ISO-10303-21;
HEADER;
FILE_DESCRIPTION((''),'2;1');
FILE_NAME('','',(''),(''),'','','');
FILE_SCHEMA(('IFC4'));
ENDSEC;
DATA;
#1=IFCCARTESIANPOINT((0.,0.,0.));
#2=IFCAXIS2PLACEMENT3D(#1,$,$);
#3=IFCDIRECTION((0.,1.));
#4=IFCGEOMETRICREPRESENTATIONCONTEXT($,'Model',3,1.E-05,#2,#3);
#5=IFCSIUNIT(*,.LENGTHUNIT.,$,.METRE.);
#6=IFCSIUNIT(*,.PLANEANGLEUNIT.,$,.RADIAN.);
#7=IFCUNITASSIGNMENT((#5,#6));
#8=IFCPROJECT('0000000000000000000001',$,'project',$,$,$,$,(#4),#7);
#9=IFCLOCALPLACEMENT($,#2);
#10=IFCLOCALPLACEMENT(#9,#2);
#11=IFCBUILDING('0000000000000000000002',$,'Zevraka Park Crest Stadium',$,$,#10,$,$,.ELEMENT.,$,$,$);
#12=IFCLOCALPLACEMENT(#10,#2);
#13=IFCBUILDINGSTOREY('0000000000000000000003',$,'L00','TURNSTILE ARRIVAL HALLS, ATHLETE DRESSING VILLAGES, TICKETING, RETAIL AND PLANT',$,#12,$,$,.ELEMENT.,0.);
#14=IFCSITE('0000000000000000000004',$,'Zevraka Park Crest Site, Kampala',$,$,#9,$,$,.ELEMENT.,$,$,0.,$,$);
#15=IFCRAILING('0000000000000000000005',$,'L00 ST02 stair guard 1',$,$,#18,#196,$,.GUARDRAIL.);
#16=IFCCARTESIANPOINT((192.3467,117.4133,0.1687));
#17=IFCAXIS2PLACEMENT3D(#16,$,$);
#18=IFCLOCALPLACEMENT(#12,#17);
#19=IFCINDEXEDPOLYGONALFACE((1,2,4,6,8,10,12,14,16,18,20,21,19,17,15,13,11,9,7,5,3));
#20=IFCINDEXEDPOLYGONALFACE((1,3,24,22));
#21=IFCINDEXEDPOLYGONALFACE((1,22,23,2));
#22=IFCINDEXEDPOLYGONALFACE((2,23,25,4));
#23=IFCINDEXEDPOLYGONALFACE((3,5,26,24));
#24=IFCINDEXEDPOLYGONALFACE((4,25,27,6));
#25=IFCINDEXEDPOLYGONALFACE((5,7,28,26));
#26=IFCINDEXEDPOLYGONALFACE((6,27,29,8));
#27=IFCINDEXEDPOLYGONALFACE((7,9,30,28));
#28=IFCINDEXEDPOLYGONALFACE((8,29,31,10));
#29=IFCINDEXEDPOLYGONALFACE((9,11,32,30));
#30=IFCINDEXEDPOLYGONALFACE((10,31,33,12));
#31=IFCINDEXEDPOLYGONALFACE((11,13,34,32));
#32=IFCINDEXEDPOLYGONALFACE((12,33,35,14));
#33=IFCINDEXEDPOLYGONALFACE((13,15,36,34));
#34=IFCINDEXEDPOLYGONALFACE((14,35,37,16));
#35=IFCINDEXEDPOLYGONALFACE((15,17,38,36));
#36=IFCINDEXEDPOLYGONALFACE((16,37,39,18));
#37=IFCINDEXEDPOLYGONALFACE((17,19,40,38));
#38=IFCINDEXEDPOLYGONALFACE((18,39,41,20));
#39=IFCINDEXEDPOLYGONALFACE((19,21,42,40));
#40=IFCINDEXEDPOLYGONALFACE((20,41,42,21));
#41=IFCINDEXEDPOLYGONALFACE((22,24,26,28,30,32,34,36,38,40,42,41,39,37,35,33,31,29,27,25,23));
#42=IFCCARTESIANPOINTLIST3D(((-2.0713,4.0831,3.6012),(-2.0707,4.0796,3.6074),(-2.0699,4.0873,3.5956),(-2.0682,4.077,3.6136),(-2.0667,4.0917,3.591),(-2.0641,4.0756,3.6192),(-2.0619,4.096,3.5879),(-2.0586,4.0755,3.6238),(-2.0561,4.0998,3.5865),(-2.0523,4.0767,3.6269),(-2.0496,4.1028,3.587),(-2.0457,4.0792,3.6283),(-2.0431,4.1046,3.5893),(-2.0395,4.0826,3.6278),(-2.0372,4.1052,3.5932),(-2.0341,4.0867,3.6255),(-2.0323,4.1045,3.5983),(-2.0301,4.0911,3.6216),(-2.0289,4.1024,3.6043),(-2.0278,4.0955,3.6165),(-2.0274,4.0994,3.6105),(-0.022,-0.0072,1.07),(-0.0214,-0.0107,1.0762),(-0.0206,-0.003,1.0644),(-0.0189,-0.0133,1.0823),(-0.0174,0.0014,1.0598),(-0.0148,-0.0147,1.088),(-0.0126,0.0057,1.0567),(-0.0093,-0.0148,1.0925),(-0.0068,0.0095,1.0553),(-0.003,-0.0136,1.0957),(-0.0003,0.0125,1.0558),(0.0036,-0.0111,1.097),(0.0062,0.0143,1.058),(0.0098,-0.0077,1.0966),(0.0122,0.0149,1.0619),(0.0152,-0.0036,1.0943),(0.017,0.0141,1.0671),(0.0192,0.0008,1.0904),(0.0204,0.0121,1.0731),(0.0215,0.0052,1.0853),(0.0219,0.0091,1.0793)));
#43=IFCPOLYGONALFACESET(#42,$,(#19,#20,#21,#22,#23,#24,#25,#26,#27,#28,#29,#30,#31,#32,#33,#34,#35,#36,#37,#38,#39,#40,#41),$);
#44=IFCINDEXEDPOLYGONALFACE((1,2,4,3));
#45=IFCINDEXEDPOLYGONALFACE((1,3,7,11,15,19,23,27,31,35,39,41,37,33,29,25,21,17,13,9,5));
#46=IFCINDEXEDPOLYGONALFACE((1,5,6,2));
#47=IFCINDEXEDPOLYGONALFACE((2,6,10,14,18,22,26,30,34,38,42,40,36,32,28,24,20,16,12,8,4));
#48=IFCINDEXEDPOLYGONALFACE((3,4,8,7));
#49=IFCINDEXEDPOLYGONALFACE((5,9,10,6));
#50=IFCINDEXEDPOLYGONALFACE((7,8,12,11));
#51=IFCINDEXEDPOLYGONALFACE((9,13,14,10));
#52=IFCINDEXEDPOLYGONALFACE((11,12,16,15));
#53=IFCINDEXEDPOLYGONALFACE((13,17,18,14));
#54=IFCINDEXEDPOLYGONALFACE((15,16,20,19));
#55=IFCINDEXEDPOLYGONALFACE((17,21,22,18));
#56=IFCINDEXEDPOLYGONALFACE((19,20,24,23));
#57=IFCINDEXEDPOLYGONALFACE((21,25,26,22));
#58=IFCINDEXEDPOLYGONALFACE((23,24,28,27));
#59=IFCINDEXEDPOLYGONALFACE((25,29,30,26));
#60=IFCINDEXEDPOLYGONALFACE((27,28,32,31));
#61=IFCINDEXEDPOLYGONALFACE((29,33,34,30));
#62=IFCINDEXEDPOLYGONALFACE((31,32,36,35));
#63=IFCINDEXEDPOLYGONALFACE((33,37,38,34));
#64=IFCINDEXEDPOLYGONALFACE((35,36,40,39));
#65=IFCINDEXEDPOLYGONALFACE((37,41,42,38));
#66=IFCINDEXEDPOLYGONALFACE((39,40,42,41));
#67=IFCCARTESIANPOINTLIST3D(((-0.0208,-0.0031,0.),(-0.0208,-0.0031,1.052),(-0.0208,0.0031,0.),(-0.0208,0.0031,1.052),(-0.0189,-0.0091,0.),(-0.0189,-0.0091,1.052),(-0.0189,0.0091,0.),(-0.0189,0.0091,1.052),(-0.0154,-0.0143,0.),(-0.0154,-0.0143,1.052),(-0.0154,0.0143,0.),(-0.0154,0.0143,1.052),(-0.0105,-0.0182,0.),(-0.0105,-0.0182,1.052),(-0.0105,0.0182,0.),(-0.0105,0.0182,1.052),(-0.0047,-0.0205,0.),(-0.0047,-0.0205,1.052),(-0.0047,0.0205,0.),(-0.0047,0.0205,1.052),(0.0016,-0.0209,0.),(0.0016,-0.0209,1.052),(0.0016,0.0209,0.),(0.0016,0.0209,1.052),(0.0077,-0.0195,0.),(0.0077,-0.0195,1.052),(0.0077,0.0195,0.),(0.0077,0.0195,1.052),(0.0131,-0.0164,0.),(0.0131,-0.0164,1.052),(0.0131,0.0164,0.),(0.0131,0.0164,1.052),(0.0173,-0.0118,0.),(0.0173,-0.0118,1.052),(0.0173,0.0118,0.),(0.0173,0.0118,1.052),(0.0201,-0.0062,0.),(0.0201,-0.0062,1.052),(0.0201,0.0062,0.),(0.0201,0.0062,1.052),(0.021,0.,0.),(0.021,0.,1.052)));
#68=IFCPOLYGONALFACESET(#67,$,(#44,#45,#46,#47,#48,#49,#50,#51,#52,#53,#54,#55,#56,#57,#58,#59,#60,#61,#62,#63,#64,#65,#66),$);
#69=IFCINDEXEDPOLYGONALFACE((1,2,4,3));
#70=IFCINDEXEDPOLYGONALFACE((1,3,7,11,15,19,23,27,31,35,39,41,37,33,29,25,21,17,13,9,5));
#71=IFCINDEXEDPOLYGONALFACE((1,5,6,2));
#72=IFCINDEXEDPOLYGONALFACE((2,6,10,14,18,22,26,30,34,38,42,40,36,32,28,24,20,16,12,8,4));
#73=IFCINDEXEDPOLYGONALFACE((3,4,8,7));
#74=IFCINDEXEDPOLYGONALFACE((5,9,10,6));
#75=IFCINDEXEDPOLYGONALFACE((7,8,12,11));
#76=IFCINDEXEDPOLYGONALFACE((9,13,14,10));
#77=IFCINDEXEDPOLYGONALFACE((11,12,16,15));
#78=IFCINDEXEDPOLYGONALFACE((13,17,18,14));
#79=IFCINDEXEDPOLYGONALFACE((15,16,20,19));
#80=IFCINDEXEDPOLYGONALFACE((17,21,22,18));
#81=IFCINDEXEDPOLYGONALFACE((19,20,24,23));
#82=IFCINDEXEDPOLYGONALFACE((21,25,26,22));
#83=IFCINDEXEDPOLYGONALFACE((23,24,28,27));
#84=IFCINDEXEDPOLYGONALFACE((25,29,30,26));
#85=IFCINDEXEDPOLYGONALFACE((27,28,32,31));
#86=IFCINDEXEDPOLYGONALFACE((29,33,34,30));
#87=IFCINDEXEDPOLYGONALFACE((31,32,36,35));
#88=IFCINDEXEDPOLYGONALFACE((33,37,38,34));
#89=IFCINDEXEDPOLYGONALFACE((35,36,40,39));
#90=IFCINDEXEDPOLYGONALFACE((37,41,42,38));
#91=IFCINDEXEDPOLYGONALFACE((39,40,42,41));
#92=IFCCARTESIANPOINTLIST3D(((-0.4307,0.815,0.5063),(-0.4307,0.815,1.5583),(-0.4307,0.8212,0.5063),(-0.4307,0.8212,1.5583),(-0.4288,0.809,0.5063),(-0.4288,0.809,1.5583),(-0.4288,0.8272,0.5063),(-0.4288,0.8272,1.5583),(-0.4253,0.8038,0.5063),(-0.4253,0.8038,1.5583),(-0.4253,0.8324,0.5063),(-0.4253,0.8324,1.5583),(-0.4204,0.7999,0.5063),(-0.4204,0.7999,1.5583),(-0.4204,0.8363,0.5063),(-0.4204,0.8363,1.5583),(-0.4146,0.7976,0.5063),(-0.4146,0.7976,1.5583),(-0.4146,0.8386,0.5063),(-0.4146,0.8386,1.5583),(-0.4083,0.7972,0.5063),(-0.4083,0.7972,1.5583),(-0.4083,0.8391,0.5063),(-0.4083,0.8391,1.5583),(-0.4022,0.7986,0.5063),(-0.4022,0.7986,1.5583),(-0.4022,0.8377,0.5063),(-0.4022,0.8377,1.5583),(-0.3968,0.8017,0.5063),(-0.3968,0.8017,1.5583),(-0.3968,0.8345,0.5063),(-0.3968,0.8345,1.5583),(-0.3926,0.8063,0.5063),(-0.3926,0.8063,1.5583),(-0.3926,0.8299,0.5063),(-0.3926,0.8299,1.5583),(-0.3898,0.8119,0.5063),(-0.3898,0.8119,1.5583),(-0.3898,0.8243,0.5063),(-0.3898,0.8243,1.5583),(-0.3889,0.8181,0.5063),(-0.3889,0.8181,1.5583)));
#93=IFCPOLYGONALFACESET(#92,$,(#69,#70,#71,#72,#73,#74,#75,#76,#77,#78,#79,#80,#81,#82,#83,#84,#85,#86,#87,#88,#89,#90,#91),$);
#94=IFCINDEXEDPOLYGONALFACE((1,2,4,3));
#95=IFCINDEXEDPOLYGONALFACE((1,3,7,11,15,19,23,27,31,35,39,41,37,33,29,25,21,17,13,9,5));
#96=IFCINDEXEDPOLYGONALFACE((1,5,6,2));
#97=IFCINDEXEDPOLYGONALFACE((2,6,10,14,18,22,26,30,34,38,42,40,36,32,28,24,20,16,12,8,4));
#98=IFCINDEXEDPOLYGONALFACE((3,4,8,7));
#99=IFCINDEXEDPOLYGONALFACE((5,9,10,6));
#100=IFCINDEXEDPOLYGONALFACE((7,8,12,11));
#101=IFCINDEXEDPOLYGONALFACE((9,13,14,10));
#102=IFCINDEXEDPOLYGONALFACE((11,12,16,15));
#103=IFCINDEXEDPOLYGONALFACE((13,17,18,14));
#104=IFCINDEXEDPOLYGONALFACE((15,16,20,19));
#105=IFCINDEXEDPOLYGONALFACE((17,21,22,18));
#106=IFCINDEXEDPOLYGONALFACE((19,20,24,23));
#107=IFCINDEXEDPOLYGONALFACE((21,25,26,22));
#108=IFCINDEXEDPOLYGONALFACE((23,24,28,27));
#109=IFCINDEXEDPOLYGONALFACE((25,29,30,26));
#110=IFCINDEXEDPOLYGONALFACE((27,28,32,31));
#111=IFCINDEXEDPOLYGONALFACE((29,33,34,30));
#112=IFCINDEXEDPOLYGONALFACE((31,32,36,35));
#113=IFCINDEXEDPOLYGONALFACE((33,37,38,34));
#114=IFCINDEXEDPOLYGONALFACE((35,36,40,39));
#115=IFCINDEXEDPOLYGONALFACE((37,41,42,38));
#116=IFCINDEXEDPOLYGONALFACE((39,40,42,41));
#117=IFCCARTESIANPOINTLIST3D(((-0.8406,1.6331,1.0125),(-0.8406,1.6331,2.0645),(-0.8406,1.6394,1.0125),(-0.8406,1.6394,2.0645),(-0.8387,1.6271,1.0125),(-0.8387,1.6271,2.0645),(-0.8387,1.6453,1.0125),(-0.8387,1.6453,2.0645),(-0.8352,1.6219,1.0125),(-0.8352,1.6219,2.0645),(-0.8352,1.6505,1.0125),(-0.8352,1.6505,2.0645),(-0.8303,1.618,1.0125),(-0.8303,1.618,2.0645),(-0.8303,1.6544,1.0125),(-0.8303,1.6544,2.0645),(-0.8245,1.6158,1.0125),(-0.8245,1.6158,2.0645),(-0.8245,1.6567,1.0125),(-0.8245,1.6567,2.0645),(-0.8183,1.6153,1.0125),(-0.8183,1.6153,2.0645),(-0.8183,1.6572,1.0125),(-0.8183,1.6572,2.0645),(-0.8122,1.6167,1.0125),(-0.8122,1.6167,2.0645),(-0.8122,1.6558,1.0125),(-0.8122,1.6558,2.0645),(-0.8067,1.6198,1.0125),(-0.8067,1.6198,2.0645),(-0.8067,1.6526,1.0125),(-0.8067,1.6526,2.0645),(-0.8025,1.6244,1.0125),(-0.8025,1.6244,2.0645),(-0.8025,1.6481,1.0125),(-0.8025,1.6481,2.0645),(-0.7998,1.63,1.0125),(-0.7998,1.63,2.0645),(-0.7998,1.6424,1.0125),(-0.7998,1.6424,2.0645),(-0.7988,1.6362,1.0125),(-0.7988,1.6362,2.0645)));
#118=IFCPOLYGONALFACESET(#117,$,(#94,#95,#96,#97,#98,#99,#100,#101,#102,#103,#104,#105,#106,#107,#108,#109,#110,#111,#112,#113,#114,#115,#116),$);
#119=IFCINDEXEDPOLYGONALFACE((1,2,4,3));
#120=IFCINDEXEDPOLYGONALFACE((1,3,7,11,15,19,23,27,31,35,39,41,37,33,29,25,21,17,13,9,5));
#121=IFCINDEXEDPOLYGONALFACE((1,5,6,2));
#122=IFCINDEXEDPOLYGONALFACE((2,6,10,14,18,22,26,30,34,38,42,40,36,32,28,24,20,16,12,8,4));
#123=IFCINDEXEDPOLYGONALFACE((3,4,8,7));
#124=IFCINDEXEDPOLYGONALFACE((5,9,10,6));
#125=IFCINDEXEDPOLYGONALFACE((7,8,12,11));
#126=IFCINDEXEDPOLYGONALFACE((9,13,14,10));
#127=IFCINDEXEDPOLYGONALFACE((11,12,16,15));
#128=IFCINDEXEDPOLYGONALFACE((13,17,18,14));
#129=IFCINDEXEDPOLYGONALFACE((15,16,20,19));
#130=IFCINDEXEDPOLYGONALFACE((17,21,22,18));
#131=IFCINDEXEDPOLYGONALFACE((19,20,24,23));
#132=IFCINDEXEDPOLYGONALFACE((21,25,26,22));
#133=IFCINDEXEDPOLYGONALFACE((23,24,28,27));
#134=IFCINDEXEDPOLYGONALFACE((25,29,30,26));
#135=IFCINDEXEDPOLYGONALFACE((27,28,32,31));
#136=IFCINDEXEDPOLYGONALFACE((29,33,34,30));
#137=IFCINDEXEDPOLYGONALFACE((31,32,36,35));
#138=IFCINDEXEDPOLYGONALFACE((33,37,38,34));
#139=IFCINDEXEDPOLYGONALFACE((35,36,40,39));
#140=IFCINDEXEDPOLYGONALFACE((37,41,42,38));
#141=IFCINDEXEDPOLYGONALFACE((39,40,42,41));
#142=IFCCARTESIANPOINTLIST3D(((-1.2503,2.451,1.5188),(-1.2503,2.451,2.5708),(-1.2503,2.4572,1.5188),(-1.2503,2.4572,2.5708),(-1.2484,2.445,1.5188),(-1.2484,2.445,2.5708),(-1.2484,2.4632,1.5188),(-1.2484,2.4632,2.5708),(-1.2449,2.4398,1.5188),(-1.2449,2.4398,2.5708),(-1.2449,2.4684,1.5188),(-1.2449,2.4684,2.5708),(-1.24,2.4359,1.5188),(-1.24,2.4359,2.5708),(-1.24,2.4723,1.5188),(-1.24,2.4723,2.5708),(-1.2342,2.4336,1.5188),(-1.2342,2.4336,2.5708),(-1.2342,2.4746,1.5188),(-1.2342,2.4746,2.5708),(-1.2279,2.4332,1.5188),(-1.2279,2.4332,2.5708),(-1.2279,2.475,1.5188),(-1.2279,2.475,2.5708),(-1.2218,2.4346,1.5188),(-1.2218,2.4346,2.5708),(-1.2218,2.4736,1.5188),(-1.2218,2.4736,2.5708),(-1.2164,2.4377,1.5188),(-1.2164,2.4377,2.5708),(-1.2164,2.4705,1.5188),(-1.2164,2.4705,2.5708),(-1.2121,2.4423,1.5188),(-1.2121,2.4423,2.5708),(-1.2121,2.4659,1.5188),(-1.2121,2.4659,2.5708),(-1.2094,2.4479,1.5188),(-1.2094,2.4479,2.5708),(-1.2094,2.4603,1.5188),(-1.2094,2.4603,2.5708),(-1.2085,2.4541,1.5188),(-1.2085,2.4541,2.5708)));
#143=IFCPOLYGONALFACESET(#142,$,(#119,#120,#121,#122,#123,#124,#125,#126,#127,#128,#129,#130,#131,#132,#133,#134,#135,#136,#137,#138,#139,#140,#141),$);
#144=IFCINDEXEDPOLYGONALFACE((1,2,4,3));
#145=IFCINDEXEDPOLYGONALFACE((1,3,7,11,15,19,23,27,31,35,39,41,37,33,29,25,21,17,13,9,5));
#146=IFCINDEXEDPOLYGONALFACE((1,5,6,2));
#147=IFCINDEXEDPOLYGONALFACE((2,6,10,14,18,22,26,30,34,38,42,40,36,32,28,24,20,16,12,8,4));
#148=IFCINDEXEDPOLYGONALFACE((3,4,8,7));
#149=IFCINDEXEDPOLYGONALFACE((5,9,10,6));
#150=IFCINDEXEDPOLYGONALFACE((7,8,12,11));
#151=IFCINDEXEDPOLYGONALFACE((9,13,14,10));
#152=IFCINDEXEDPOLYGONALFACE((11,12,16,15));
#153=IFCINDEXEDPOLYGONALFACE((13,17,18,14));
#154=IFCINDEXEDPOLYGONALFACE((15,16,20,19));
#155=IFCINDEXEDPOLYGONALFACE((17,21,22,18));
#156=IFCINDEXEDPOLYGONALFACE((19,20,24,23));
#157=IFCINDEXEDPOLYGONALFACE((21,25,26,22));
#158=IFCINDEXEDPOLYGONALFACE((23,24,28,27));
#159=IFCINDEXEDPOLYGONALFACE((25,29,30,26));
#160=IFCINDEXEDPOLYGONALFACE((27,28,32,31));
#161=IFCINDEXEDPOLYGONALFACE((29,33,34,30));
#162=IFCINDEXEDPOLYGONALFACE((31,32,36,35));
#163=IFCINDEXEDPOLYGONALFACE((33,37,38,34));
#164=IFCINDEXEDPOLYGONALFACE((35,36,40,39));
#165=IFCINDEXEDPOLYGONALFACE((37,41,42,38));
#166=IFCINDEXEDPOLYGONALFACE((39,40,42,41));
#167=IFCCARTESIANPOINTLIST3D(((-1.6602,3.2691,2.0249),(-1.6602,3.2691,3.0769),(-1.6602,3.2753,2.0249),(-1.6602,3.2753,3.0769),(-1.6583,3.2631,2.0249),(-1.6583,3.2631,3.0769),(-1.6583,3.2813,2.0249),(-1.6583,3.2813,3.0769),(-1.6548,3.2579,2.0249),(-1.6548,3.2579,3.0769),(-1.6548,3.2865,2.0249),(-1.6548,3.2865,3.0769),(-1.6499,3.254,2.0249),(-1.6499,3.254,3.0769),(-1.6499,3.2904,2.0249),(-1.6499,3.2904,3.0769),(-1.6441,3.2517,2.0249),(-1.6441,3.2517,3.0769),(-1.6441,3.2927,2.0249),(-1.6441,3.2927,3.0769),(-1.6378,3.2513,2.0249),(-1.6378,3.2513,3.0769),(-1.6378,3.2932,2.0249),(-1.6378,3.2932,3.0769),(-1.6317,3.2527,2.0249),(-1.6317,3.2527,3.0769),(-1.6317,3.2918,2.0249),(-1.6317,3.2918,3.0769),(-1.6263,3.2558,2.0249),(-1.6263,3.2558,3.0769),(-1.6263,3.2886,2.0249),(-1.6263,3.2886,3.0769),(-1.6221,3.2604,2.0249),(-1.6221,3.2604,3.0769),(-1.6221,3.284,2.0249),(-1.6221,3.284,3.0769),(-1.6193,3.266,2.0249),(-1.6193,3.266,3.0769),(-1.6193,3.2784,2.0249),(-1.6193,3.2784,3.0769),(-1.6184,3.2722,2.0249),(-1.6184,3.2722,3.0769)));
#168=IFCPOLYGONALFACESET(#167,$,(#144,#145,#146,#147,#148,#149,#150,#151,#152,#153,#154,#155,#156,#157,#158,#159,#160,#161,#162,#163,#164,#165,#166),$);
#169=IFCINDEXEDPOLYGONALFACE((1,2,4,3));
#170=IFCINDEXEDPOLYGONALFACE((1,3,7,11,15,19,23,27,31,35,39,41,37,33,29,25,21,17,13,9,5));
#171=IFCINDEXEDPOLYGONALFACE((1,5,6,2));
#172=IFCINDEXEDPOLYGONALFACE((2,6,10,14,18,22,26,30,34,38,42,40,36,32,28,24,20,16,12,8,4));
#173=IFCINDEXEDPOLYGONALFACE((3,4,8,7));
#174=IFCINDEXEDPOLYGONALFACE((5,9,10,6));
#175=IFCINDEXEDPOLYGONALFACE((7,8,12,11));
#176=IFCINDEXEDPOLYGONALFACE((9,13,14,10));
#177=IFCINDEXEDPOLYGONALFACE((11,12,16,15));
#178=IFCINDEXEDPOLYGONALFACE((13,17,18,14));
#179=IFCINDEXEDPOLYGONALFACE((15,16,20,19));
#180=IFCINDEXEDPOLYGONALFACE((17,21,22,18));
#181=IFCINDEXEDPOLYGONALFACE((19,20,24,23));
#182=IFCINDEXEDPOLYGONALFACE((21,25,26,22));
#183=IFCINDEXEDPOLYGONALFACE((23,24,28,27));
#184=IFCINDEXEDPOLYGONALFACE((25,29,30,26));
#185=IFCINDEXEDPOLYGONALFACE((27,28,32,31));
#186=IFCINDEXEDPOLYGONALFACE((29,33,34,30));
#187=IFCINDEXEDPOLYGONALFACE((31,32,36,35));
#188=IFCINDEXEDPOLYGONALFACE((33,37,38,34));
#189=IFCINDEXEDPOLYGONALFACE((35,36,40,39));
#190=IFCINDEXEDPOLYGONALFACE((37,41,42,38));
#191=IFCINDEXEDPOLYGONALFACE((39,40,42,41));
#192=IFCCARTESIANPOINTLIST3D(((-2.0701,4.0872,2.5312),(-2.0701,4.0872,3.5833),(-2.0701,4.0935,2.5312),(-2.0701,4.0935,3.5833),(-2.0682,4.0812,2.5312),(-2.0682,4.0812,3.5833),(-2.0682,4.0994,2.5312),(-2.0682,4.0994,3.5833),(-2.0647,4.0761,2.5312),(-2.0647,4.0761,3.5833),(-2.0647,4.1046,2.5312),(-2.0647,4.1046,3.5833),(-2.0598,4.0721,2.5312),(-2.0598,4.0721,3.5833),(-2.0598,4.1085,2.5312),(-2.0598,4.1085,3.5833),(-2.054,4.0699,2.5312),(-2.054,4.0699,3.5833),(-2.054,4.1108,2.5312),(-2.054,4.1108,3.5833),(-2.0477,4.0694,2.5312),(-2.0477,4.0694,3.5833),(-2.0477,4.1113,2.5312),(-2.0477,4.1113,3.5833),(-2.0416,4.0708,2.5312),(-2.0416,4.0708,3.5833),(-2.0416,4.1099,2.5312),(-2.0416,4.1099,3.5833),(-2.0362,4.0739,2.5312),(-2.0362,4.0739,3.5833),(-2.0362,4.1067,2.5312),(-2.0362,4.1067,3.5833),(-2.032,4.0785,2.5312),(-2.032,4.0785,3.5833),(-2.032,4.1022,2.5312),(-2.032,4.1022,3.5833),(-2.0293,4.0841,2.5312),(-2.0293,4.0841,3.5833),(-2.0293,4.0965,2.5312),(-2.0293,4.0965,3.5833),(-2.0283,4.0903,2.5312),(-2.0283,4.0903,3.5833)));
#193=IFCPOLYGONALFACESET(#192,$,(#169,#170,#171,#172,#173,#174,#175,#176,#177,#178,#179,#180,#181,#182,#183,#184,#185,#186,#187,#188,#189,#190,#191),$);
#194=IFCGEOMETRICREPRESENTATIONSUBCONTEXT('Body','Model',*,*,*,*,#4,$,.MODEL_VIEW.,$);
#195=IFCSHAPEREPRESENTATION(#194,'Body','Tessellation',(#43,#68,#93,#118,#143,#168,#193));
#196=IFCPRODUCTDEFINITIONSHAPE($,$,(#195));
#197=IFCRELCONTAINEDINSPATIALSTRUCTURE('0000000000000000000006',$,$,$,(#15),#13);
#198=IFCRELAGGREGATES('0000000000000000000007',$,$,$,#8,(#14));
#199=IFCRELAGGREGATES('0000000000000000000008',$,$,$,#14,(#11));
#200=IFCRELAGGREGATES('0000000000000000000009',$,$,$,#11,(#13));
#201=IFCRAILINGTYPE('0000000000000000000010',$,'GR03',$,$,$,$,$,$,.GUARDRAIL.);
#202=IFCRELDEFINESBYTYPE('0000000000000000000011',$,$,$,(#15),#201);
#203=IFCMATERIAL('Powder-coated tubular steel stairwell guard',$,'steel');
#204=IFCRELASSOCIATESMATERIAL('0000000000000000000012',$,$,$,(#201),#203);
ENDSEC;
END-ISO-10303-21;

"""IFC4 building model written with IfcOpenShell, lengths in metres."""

from ifc_helpers import new_model, si_unit, direction, frame, origin, origin_2d, place, context, subcontext, project, spatial, circle, extrude, material, type_object, element, save


model = new_model("IFC4")

# Units and contexts
model_context = context("Model", 3, precision=1e-05, world=origin(), true_north=direction((0.0, 1.0)))
body_context = subcontext(model_context, "Body", "Model", "MODEL_VIEW")
ifc_project = project(units=[si_unit("LENGTHUNIT", "METRE"), si_unit("PLANEANGLEUNIT", "RADIAN")], contexts=[model_context])

# Site, building, storey
site_placement = place(None, origin())
site = spatial("IfcSite", under=ifc_project, at=site_placement, Name="Zevraka Park Crest Site, Kampala", CompositionType="ELEMENT", RefElevation=0.0)
building_placement = place(site_placement, origin())
building = spatial("IfcBuilding", under=site, at=building_placement, Name="Zevraka Park Crest Stadium", CompositionType="ELEMENT")
storey_placement = place(building_placement, origin())
storey = spatial("IfcBuildingStorey", under=building, at=storey_placement, Name="L00", Description="TURNSTILE ARRIVAL HALLS, ATHLETE DRESSING VILLAGES, TICKETING, RETAIL AND PLANT", CompositionType="ELEMENT", Elevation=0.0)

# Railing
ifc_material_1 = material(Name="Powder-coated tubular steel stairwell guard", Category="steel")
railing_type_1 = type_object("IfcRailingType", Name="GR03", PredefinedType="GUARDRAIL", material=ifc_material_1)
railing_1_placement = place(storey_placement, frame((192.3467, 117.4133, 0.1687)))
element("IfcRailing", 1, at=railing_1_placement, inside=storey, type_object=railing_type_1, Name="L00 ST02 stair guard 1", PredefinedType="GUARDRAIL", context=body_context, shape_type="SweptSolid", body=[
    extrude(circle(Radius=0.0239, at=origin_2d()), frame((0.0, 0.0, 1.0762), z_axis=(-0.391947, 0.782307, 0.484121), x_axis=(-0.894064, -0.447939, 0.0)), (0.0, 0.0, 1.0), 5.2285),
    extrude(circle(Radius=0.021, at=origin_2d()), origin(), (0.0, 0.0, 1.0), 1.052),
    extrude(circle(Radius=0.021, at=origin_2d()), frame((-0.4099, 0.8181, 0.5063)), (0.0, 0.0, 1.0), 1.052),
    extrude(circle(Radius=0.021, at=origin_2d()), frame((-0.8198, 1.6362, 1.0125)), (0.0, 0.0, 1.0), 1.052),
    extrude(circle(Radius=0.021, at=origin_2d()), frame((-1.2295, 2.4541, 1.5188)), (0.0, 0.0, 1.0), 1.052),
    extrude(circle(Radius=0.021, at=origin_2d()), frame((-1.6394, 3.2722, 2.0249)), (0.0, 0.0, 1.0), 1.052),
    extrude(circle(Radius=0.021, at=origin_2d()), frame((-2.0493, 4.0903, 2.5312)), (0.0, 0.0, 1.0), 1.052),
])

save(model, "model.ifc")
